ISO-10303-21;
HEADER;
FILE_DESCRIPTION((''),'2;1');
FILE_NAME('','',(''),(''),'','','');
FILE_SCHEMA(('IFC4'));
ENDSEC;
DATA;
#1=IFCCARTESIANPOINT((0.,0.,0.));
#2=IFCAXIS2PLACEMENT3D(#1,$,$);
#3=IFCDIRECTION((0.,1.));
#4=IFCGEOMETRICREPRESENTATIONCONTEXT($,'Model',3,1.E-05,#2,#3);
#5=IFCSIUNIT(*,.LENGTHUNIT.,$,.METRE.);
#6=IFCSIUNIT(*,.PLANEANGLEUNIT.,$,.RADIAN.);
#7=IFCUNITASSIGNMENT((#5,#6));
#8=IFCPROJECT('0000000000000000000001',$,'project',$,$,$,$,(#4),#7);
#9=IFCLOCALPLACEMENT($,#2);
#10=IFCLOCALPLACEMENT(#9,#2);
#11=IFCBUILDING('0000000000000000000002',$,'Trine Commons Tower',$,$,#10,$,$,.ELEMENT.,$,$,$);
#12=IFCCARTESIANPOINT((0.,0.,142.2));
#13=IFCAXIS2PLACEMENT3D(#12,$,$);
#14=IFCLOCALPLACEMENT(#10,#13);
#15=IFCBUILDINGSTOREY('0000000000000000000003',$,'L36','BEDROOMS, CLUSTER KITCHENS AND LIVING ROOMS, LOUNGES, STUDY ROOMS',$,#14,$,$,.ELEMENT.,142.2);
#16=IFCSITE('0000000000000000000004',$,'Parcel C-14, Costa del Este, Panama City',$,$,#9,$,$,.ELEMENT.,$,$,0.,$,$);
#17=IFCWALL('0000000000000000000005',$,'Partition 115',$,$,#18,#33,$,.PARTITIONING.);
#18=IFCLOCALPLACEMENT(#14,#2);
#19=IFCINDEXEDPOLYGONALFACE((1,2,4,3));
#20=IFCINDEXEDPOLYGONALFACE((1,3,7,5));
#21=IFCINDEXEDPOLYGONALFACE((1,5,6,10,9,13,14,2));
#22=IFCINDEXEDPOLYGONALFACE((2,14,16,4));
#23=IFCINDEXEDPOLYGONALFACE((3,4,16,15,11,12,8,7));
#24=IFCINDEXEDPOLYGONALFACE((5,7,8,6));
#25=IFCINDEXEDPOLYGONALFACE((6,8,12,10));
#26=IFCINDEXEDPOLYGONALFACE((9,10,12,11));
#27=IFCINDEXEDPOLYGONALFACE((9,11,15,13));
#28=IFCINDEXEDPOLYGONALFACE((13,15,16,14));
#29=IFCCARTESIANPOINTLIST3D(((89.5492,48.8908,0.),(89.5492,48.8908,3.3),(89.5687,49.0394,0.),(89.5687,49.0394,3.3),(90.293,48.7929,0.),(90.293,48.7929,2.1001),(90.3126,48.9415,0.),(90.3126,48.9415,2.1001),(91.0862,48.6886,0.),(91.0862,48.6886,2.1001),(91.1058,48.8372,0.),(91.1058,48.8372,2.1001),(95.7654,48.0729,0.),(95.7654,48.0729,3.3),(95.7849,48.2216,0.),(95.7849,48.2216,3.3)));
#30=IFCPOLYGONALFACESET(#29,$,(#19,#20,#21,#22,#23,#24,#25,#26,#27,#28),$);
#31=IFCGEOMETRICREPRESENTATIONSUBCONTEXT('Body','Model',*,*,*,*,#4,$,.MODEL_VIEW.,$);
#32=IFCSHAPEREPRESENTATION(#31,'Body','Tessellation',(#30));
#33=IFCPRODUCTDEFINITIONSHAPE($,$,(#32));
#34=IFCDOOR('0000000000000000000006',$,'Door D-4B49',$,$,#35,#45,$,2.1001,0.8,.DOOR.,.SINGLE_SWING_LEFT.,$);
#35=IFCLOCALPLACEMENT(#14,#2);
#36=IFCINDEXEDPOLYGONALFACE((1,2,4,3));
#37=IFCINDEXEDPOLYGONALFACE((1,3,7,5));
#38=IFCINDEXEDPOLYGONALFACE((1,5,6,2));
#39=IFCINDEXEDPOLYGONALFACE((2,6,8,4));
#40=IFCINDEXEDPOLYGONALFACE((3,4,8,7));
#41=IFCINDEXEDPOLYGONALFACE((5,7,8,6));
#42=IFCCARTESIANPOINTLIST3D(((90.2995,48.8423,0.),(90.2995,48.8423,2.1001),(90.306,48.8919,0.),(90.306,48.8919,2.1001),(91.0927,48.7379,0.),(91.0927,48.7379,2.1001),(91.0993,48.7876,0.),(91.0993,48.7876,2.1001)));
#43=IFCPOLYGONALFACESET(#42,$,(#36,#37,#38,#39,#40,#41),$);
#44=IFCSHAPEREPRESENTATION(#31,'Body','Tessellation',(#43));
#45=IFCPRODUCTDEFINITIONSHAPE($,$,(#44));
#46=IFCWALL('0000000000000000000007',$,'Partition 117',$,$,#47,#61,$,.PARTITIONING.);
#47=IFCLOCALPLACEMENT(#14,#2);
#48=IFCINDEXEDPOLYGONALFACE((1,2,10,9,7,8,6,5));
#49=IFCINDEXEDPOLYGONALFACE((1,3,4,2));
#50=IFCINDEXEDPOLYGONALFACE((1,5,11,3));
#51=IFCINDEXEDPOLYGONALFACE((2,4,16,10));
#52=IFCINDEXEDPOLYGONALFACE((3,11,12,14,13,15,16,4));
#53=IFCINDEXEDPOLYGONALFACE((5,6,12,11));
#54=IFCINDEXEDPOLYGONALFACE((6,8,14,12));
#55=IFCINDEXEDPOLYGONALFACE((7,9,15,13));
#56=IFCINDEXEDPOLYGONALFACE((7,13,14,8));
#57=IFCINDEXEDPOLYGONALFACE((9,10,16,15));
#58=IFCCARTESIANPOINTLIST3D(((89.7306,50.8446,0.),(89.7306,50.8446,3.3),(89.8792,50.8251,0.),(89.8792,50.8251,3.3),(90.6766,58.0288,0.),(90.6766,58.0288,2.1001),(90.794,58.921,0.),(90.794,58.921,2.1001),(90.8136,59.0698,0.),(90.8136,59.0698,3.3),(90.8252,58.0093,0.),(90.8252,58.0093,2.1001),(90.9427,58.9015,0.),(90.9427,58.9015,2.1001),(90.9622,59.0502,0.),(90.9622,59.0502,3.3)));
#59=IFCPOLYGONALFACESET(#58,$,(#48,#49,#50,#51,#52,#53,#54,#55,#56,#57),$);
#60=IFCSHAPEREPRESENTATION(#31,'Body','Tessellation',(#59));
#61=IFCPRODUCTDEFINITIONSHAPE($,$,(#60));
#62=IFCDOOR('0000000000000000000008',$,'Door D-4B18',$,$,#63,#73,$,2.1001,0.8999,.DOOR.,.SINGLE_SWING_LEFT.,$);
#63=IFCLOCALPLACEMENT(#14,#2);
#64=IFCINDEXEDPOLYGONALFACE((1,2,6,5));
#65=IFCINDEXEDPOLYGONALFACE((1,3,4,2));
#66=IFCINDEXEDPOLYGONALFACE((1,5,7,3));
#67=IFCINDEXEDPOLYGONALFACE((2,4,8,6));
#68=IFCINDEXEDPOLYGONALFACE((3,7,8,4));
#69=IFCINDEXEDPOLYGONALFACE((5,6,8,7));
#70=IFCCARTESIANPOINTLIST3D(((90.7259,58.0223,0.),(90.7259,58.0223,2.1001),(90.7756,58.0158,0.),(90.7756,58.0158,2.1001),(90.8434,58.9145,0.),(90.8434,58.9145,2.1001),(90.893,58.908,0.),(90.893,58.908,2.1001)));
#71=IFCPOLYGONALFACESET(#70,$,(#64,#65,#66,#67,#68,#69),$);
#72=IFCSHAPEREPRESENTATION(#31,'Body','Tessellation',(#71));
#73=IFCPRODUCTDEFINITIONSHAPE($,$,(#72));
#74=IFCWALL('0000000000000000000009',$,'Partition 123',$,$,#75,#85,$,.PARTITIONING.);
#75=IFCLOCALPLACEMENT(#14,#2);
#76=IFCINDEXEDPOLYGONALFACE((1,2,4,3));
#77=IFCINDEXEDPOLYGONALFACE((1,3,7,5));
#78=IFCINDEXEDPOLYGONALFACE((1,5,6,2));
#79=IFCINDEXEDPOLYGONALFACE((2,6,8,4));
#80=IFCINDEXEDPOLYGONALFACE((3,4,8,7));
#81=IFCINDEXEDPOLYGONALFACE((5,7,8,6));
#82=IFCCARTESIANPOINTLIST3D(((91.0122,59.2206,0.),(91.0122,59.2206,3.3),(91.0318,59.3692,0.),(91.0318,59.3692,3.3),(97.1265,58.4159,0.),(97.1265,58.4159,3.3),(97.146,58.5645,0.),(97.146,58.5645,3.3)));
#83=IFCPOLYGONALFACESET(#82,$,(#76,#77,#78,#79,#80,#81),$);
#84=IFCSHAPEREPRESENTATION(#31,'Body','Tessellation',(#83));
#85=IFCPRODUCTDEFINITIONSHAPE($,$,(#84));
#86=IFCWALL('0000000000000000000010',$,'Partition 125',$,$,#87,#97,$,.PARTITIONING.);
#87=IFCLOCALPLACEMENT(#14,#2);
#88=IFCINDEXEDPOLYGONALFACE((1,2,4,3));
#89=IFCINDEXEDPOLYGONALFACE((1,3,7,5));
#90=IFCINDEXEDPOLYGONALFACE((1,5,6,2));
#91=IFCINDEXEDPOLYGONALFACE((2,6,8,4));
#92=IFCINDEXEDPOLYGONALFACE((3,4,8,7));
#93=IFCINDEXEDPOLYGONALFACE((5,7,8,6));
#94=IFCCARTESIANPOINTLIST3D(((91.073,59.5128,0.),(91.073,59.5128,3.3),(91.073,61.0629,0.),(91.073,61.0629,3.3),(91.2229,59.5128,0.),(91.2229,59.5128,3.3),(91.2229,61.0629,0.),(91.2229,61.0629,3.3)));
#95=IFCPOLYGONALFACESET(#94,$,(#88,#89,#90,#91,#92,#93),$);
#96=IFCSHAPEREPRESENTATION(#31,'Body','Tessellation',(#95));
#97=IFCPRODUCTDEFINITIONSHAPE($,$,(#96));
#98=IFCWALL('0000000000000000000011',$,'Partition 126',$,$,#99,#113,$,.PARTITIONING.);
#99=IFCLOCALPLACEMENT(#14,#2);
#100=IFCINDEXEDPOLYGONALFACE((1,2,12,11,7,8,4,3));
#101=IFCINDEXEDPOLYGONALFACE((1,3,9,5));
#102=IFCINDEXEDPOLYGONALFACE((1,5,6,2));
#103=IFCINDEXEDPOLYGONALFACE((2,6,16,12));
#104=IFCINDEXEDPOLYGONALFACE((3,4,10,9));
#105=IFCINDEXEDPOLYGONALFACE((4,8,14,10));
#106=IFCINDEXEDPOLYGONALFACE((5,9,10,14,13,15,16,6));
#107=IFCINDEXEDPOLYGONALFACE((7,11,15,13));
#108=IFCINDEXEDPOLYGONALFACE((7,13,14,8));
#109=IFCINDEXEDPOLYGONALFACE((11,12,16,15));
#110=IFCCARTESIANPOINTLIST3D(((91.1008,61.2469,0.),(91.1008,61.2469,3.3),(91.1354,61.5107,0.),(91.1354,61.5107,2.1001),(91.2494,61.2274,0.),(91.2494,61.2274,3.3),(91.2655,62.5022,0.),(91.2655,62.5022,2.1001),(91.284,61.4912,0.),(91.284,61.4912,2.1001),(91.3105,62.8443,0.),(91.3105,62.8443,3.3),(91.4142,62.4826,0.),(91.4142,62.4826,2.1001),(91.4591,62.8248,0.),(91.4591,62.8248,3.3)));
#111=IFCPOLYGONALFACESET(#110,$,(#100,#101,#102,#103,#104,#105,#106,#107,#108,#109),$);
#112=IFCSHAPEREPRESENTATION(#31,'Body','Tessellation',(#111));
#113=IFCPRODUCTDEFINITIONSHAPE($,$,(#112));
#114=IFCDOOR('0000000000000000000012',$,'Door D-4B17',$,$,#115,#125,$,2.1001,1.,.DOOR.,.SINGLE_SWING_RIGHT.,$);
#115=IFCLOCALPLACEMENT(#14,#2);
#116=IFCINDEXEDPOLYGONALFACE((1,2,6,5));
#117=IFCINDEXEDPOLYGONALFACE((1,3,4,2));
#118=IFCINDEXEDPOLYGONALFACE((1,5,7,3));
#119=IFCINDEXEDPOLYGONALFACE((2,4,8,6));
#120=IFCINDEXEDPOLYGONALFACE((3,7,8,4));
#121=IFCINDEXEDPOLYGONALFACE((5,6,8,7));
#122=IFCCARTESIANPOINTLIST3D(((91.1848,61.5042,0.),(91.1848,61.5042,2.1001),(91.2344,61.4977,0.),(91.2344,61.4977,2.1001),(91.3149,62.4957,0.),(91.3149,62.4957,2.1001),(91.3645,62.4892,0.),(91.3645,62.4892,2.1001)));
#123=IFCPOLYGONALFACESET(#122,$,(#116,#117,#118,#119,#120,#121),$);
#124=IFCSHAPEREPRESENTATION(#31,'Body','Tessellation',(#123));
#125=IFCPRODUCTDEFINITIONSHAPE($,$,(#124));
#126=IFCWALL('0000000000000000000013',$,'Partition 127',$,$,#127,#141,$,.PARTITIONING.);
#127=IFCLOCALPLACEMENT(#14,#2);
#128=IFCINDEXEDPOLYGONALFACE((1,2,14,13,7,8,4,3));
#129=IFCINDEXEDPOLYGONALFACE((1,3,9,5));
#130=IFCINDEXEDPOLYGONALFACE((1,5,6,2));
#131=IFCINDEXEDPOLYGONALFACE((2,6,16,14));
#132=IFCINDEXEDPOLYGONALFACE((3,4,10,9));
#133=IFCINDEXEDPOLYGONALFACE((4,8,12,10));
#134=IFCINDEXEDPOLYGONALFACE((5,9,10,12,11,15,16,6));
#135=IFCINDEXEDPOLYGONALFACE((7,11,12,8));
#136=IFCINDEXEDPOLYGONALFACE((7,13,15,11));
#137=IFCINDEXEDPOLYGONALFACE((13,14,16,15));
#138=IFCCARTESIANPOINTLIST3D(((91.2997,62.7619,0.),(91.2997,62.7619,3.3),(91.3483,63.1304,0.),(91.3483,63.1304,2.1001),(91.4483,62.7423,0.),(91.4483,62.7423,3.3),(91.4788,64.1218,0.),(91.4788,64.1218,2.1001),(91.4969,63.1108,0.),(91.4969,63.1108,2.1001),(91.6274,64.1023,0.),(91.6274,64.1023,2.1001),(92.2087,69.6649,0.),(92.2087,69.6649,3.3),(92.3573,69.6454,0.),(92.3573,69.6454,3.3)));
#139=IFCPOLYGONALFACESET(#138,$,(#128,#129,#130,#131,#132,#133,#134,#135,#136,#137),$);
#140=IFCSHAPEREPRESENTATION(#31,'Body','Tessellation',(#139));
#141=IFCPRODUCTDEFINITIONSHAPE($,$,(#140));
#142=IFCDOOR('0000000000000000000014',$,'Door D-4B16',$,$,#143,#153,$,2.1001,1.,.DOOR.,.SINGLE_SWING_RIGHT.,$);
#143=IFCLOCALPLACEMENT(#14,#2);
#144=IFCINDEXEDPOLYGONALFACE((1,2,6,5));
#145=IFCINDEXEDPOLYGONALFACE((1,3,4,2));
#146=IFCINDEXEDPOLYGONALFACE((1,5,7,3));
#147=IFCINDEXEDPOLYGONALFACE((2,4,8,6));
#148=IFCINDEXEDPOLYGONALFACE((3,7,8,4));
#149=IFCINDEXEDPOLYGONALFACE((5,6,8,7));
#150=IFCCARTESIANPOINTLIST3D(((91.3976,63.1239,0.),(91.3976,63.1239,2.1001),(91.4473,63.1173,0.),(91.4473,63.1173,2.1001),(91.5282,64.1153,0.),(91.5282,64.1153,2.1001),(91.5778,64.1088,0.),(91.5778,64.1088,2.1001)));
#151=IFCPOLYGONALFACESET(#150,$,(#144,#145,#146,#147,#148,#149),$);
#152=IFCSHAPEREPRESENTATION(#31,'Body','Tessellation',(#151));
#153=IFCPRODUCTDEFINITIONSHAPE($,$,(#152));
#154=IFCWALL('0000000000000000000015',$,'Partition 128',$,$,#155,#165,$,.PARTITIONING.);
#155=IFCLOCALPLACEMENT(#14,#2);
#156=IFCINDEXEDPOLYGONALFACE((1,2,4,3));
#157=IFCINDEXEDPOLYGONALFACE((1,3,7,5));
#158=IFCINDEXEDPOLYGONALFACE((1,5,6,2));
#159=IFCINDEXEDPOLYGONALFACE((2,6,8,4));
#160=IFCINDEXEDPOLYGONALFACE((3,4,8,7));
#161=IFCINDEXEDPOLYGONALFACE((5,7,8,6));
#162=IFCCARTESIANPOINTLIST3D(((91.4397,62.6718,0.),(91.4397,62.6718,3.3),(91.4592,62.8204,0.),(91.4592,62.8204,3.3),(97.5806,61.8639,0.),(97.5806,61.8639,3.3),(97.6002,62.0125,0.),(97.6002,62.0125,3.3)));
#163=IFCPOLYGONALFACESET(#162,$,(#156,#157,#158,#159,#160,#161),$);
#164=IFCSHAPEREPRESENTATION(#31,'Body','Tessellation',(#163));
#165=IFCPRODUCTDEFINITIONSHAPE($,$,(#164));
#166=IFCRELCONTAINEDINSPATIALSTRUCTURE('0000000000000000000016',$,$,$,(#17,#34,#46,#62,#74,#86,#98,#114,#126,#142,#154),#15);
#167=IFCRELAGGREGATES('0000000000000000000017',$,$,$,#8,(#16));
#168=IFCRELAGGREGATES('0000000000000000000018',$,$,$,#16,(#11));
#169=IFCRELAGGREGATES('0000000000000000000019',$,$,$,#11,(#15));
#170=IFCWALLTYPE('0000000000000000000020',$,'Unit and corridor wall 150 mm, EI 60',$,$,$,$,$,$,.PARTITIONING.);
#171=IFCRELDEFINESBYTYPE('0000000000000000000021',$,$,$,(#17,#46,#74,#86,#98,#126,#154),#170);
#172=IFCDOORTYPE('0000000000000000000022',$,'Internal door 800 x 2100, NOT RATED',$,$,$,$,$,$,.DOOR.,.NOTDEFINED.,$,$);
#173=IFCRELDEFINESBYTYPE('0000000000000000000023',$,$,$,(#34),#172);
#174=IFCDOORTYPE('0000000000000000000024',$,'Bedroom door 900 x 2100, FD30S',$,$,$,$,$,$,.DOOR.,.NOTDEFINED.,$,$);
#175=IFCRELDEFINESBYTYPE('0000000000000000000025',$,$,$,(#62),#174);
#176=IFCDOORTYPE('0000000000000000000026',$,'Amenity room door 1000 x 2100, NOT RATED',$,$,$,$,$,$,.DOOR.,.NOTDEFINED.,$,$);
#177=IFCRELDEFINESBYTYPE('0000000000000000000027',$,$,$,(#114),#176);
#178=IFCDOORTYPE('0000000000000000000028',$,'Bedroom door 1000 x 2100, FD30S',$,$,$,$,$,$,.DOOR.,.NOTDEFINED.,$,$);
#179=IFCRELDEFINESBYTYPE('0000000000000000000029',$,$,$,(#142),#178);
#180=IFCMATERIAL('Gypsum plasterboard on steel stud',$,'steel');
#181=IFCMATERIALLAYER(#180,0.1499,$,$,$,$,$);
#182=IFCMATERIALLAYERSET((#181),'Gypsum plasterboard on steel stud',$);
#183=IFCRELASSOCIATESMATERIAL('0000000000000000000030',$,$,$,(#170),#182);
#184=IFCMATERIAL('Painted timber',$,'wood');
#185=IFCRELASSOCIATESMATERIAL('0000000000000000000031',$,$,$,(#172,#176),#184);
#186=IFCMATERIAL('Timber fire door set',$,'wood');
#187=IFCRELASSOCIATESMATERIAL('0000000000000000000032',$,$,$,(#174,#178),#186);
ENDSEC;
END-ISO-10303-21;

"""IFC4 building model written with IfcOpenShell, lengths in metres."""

from ifc_helpers import new_model, si_unit, direction, frame, frame_2d, origin, place, context, subcontext, project, spatial, rectangle, extrude, material, layer, layer_set, type_object, element, fill, save


model = new_model("IFC4")

# Units and contexts
model_context = context("Model", 3, precision=1e-05, world=origin(), true_north=direction((0.0, 1.0)))
body_context = subcontext(model_context, "Body", "Model", "MODEL_VIEW")
ifc_project = project(units=[si_unit("LENGTHUNIT", "METRE"), si_unit("PLANEANGLEUNIT", "RADIAN")], contexts=[model_context])

# Site, building, storey
site_placement = place(None, origin())
site = spatial("IfcSite", under=ifc_project, at=site_placement, Name="Parcel C-14, Costa del Este, Panama City", CompositionType="ELEMENT", RefElevation=0.0)
building_placement = place(site_placement, origin())
building = spatial("IfcBuilding", under=site, at=building_placement, Name="Trine Commons Tower", CompositionType="ELEMENT")
storey_placement = place(building_placement, frame((0.0, 0.0, 142.2)))
storey = spatial("IfcBuildingStorey", under=building, at=storey_placement, Name="L36", Description="BEDROOMS, CLUSTER KITCHENS AND LIVING ROOMS, LOUNGES, STUDY ROOMS", CompositionType="ELEMENT", Elevation=142.2)

# Shared definitions
ifc_material_1 = material(Name="Gypsum plasterboard on steel stud", Category="steel")
ifc_layer_1 = layer(ifc_material_1, 0.1499)
ifc_layer_set_1 = layer_set([ifc_layer_1], Name="Gypsum plasterboard on steel stud")
wall_type_1 = type_object("IfcWallType", Name="Unit and corridor wall 150 mm, EI 60", PredefinedType="PARTITIONING", material=ifc_layer_set_1)

# Walls, openings, doors
wall_1_placement = place(storey_placement, frame((89.5591, 48.9651, 0.0), z_axis=(0.0, 0.0, 1.0), x_axis=(0.991456, -0.130444, 0.0)))
wall_1 = element("IfcWall", 1, at=wall_1_placement, inside=storey, type_object=wall_type_1, Name="Partition 115", PredefinedType="PARTITIONING", context=body_context, shape_type="SweptSolid", body=[
    extrude(rectangle(XDim=6.2698, YDim=0.1499, at=frame_2d((3.1348, 0.0))), origin(), (0.0, 0.0, 1.0), 3.3),
])
opening_1_placement = place(wall_1_placement, frame((0.7502, 0.0, 0.0)))
opening_1 = element("IfcOpeningElement", 2, at=opening_1_placement, cuts=wall_1, PredefinedType="OPENING", context=body_context, shape_type="SweptSolid", body=[
    extrude(rectangle(XDim=0.8, YDim=2.1001, at=frame_2d((0.3999, 1.05))), frame((0.0, 0.085, 0.0), z_axis=(0.0, -1.0, 0.0), x_axis=(1.0, 0.0, 0.0)), (0.0, 0.0, 1.0), 0.1699),
])
ifc_material_2 = material(Name="Painted timber", Category="wood")
door_type_1 = type_object("IfcDoorType", Name="Internal door 800 x 2100, NOT RATED", OperationType="NOTDEFINED", PredefinedType="DOOR", material=ifc_material_2)
door_1_placement = place(opening_1_placement, origin())
door_1 = element("IfcDoor", 3, at=door_1_placement, inside=storey, type_object=door_type_1, Name="Door D-4B49", OperationType="SINGLE_SWING_LEFT", OverallHeight=2.1001, OverallWidth=0.8, PredefinedType="DOOR", context=body_context, shape_type="SweptSolid", body=[
    extrude(rectangle(XDim=0.8, YDim=2.1001, at=frame_2d((0.3999, 1.05))), frame((0.0, 0.0249, 0.0), z_axis=(0.0, -1.0, 0.0), x_axis=(1.0, 0.0, 0.0)), (0.0, 0.0, 1.0), 0.05),
])
fill(opening_1, door_1)
wall_2_placement = place(storey_placement, frame((89.8049, 50.835, 0.0), z_axis=(0.0, 0.0, 1.0), x_axis=(0.130544, 0.991442, 0.0)))
wall_2 = element("IfcWall", 4, at=wall_2_placement, inside=storey, type_object=wall_type_1, Name="Partition 117", PredefinedType="PARTITIONING", context=body_context, shape_type="SweptSolid", body=[
    extrude(rectangle(XDim=8.2961, YDim=0.1499, at=frame_2d((4.1479, 0.0))), origin(), (0.0, 0.0, 1.0), 3.3),
])
opening_2_placement = place(wall_2_placement, frame((7.2461, 0.0, 0.0)))
opening_2 = element("IfcOpeningElement", 5, at=opening_2_placement, cuts=wall_2, PredefinedType="OPENING", context=body_context, shape_type="SweptSolid", body=[
    extrude(rectangle(XDim=0.8999, YDim=2.1001, at=frame_2d((0.45, 1.05))), frame((0.0, 0.085, 0.0), z_axis=(0.0, -1.0, 0.0), x_axis=(1.0, 0.0, 0.0)), (0.0, 0.0, 1.0), 0.1699),
])
ifc_material_3 = material(Name="Timber fire door set", Category="wood")
door_type_2 = type_object("IfcDoorType", Name="Bedroom door 900 x 2100, FD30S", OperationType="NOTDEFINED", PredefinedType="DOOR", material=ifc_material_3)
door_2_placement = place(opening_2_placement, frame((0.8999, 0.0, 0.0), z_axis=(0.0, 0.0, 1.0), x_axis=(-1.0, 0.0, 0.0)))
door_2 = element("IfcDoor", 6, at=door_2_placement, inside=storey, type_object=door_type_2, Name="Door D-4B18", OperationType="SINGLE_SWING_LEFT", OverallHeight=2.1001, OverallWidth=0.8999, PredefinedType="DOOR", context=body_context, shape_type="SweptSolid", body=[
    extrude(rectangle(XDim=0.8999, YDim=2.1001, at=frame_2d((0.45, 1.05))), frame((0.0, 0.0249, 0.0), z_axis=(0.0, -1.0, 0.0), x_axis=(1.0, 0.0, 0.0)), (0.0, 0.0, 1.0), 0.05),
])
fill(opening_2, door_2)

# Walls
wall_3_placement = place(storey_placement, frame((91.022, 59.2949, 0.0), z_axis=(0.0, 0.0, 1.0), x_axis=(0.991451, -0.130483, 0.0)))
element("IfcWall", 7, at=wall_3_placement, inside=storey, type_object=wall_type_1, Name="Partition 123", PredefinedType="PARTITIONING", context=body_context, shape_type="SweptSolid", body=[
    extrude(rectangle(XDim=6.167, YDim=0.1499, at=frame_2d((3.0835, 0.0))), origin(), (0.0, 0.0, 1.0), 3.3),
])
wall_4_placement = place(storey_placement, frame((91.1479, 59.5129, 0.0), z_axis=(0.0, 0.0, 1.0), x_axis=(0.0, 1.0, 0.0)))
element("IfcWall", 8, at=wall_4_placement, inside=storey, type_object=wall_type_1, Name="Partition 125", PredefinedType="PARTITIONING", context=body_context, shape_type="SweptSolid", body=[
    extrude(rectangle(XDim=1.55, YDim=0.1499, at=frame_2d((0.7749, 0.0))), origin(), (0.0, 0.0, 1.0), 3.3),
])

# Walls, openings, doors
wall_5_placement = place(storey_placement, frame((91.175, 61.2371, 0.0), z_axis=(0.0, 0.0, 1.0), x_axis=(0.130168, 0.991492, 0.0)))
wall_5 = element("IfcWall", 9, at=wall_5_placement, inside=storey, type_object=wall_type_1, Name="Partition 126", PredefinedType="PARTITIONING", context=body_context, shape_type="SweptSolid", body=[
    extrude(rectangle(XDim=1.6111, YDim=0.1499, at=frame_2d((0.8057, 0.0))), origin(), (0.0, 0.0, 1.0), 3.3),
])
opening_3_placement = place(wall_5_placement, frame((0.2661, 0.0, 0.0)))
opening_3 = element("IfcOpeningElement", 10, at=opening_3_placement, cuts=wall_5, PredefinedType="OPENING", context=body_context, shape_type="SweptSolid", body=[
    extrude(rectangle(XDim=1.0, YDim=2.1001, at=frame_2d((0.5, 1.05))), frame((0.0, 0.085, 0.0), z_axis=(0.0, -1.0, 0.0), x_axis=(1.0, 0.0, 0.0)), (0.0, 0.0, 1.0), 0.1699),
])
door_type_3 = type_object("IfcDoorType", Name="Amenity room door 1000 x 2100, NOT RATED", OperationType="NOTDEFINED", PredefinedType="DOOR", material=ifc_material_2)
door_3_placement = place(opening_3_placement, frame((1.0, 0.0, 0.0), z_axis=(0.0, 0.0, 1.0), x_axis=(-1.0, 0.0, 0.0)))
door_3 = element("IfcDoor", 11, at=door_3_placement, inside=storey, type_object=door_type_3, Name="Door D-4B17", OperationType="SINGLE_SWING_RIGHT", OverallHeight=2.1001, OverallWidth=1.0, PredefinedType="DOOR", context=body_context, shape_type="SweptSolid", body=[
    extrude(rectangle(XDim=1.0, YDim=2.1001, at=frame_2d((0.5, 1.05))), frame((0.0, 0.0249, 0.0), z_axis=(0.0, -1.0, 0.0), x_axis=(1.0, 0.0, 0.0)), (0.0, 0.0, 1.0), 0.05),
])
fill(opening_3, door_3)
wall_6_placement = place(storey_placement, frame((91.374, 62.752, 0.0), z_axis=(0.0, 0.0, 1.0), x_axis=(0.130544, 0.991442, 0.0)))
wall_6 = element("IfcWall", 12, at=wall_6_placement, inside=storey, type_object=wall_type_1, Name="Partition 127", PredefinedType="PARTITIONING", context=body_context, shape_type="SweptSolid", body=[
    extrude(rectangle(XDim=6.9626, YDim=0.1499, at=frame_2d((3.4814, 0.0))), origin(), (0.0, 0.0, 1.0), 3.3),
])
opening_4_placement = place(wall_6_placement, frame((0.3718, 0.0, 0.0)))
opening_4 = element("IfcOpeningElement", 13, at=opening_4_placement, cuts=wall_6, PredefinedType="OPENING", context=body_context, shape_type="SweptSolid", body=[
    extrude(rectangle(XDim=1.0, YDim=2.1001, at=frame_2d((0.5, 1.05))), frame((0.0, 0.085, 0.0), z_axis=(0.0, -1.0, 0.0), x_axis=(1.0, 0.0, 0.0)), (0.0, 0.0, 1.0), 0.1699),
])
door_type_4 = type_object("IfcDoorType", Name="Bedroom door 1000 x 2100, FD30S", OperationType="NOTDEFINED", PredefinedType="DOOR", material=ifc_material_3)
door_4_placement = place(opening_4_placement, frame((1.0, 0.0, 0.0), z_axis=(0.0, 0.0, 1.0), x_axis=(-1.0, 0.0, 0.0)))
door_4 = element("IfcDoor", 14, at=door_4_placement, inside=storey, type_object=door_type_4, Name="Door D-4B16", OperationType="SINGLE_SWING_RIGHT", OverallHeight=2.1001, OverallWidth=1.0, PredefinedType="DOOR", context=body_context, shape_type="SweptSolid", body=[
    extrude(rectangle(XDim=1.0, YDim=2.1001, at=frame_2d((0.5, 1.05))), frame((0.0, 0.0249, 0.0), z_axis=(0.0, -1.0, 0.0), x_axis=(1.0, 0.0, 0.0)), (0.0, 0.0, 1.0), 0.05),
])
fill(opening_4, door_4)

# Wall
wall_7_placement = place(storey_placement, frame((91.4495, 62.7461, 0.0), z_axis=(0.0, 0.0, 1.0), x_axis=(0.991457, -0.130431, 0.0)))
element("IfcWall", 15, at=wall_7_placement, inside=storey, type_object=wall_type_1, Name="Partition 128", PredefinedType="PARTITIONING", context=body_context, shape_type="SweptSolid", body=[
    extrude(rectangle(XDim=6.1938, YDim=0.1499, at=frame_2d((3.0969, 0.0))), origin(), (0.0, 0.0, 1.0), 3.3),
])

save(model, "model.ifc")
